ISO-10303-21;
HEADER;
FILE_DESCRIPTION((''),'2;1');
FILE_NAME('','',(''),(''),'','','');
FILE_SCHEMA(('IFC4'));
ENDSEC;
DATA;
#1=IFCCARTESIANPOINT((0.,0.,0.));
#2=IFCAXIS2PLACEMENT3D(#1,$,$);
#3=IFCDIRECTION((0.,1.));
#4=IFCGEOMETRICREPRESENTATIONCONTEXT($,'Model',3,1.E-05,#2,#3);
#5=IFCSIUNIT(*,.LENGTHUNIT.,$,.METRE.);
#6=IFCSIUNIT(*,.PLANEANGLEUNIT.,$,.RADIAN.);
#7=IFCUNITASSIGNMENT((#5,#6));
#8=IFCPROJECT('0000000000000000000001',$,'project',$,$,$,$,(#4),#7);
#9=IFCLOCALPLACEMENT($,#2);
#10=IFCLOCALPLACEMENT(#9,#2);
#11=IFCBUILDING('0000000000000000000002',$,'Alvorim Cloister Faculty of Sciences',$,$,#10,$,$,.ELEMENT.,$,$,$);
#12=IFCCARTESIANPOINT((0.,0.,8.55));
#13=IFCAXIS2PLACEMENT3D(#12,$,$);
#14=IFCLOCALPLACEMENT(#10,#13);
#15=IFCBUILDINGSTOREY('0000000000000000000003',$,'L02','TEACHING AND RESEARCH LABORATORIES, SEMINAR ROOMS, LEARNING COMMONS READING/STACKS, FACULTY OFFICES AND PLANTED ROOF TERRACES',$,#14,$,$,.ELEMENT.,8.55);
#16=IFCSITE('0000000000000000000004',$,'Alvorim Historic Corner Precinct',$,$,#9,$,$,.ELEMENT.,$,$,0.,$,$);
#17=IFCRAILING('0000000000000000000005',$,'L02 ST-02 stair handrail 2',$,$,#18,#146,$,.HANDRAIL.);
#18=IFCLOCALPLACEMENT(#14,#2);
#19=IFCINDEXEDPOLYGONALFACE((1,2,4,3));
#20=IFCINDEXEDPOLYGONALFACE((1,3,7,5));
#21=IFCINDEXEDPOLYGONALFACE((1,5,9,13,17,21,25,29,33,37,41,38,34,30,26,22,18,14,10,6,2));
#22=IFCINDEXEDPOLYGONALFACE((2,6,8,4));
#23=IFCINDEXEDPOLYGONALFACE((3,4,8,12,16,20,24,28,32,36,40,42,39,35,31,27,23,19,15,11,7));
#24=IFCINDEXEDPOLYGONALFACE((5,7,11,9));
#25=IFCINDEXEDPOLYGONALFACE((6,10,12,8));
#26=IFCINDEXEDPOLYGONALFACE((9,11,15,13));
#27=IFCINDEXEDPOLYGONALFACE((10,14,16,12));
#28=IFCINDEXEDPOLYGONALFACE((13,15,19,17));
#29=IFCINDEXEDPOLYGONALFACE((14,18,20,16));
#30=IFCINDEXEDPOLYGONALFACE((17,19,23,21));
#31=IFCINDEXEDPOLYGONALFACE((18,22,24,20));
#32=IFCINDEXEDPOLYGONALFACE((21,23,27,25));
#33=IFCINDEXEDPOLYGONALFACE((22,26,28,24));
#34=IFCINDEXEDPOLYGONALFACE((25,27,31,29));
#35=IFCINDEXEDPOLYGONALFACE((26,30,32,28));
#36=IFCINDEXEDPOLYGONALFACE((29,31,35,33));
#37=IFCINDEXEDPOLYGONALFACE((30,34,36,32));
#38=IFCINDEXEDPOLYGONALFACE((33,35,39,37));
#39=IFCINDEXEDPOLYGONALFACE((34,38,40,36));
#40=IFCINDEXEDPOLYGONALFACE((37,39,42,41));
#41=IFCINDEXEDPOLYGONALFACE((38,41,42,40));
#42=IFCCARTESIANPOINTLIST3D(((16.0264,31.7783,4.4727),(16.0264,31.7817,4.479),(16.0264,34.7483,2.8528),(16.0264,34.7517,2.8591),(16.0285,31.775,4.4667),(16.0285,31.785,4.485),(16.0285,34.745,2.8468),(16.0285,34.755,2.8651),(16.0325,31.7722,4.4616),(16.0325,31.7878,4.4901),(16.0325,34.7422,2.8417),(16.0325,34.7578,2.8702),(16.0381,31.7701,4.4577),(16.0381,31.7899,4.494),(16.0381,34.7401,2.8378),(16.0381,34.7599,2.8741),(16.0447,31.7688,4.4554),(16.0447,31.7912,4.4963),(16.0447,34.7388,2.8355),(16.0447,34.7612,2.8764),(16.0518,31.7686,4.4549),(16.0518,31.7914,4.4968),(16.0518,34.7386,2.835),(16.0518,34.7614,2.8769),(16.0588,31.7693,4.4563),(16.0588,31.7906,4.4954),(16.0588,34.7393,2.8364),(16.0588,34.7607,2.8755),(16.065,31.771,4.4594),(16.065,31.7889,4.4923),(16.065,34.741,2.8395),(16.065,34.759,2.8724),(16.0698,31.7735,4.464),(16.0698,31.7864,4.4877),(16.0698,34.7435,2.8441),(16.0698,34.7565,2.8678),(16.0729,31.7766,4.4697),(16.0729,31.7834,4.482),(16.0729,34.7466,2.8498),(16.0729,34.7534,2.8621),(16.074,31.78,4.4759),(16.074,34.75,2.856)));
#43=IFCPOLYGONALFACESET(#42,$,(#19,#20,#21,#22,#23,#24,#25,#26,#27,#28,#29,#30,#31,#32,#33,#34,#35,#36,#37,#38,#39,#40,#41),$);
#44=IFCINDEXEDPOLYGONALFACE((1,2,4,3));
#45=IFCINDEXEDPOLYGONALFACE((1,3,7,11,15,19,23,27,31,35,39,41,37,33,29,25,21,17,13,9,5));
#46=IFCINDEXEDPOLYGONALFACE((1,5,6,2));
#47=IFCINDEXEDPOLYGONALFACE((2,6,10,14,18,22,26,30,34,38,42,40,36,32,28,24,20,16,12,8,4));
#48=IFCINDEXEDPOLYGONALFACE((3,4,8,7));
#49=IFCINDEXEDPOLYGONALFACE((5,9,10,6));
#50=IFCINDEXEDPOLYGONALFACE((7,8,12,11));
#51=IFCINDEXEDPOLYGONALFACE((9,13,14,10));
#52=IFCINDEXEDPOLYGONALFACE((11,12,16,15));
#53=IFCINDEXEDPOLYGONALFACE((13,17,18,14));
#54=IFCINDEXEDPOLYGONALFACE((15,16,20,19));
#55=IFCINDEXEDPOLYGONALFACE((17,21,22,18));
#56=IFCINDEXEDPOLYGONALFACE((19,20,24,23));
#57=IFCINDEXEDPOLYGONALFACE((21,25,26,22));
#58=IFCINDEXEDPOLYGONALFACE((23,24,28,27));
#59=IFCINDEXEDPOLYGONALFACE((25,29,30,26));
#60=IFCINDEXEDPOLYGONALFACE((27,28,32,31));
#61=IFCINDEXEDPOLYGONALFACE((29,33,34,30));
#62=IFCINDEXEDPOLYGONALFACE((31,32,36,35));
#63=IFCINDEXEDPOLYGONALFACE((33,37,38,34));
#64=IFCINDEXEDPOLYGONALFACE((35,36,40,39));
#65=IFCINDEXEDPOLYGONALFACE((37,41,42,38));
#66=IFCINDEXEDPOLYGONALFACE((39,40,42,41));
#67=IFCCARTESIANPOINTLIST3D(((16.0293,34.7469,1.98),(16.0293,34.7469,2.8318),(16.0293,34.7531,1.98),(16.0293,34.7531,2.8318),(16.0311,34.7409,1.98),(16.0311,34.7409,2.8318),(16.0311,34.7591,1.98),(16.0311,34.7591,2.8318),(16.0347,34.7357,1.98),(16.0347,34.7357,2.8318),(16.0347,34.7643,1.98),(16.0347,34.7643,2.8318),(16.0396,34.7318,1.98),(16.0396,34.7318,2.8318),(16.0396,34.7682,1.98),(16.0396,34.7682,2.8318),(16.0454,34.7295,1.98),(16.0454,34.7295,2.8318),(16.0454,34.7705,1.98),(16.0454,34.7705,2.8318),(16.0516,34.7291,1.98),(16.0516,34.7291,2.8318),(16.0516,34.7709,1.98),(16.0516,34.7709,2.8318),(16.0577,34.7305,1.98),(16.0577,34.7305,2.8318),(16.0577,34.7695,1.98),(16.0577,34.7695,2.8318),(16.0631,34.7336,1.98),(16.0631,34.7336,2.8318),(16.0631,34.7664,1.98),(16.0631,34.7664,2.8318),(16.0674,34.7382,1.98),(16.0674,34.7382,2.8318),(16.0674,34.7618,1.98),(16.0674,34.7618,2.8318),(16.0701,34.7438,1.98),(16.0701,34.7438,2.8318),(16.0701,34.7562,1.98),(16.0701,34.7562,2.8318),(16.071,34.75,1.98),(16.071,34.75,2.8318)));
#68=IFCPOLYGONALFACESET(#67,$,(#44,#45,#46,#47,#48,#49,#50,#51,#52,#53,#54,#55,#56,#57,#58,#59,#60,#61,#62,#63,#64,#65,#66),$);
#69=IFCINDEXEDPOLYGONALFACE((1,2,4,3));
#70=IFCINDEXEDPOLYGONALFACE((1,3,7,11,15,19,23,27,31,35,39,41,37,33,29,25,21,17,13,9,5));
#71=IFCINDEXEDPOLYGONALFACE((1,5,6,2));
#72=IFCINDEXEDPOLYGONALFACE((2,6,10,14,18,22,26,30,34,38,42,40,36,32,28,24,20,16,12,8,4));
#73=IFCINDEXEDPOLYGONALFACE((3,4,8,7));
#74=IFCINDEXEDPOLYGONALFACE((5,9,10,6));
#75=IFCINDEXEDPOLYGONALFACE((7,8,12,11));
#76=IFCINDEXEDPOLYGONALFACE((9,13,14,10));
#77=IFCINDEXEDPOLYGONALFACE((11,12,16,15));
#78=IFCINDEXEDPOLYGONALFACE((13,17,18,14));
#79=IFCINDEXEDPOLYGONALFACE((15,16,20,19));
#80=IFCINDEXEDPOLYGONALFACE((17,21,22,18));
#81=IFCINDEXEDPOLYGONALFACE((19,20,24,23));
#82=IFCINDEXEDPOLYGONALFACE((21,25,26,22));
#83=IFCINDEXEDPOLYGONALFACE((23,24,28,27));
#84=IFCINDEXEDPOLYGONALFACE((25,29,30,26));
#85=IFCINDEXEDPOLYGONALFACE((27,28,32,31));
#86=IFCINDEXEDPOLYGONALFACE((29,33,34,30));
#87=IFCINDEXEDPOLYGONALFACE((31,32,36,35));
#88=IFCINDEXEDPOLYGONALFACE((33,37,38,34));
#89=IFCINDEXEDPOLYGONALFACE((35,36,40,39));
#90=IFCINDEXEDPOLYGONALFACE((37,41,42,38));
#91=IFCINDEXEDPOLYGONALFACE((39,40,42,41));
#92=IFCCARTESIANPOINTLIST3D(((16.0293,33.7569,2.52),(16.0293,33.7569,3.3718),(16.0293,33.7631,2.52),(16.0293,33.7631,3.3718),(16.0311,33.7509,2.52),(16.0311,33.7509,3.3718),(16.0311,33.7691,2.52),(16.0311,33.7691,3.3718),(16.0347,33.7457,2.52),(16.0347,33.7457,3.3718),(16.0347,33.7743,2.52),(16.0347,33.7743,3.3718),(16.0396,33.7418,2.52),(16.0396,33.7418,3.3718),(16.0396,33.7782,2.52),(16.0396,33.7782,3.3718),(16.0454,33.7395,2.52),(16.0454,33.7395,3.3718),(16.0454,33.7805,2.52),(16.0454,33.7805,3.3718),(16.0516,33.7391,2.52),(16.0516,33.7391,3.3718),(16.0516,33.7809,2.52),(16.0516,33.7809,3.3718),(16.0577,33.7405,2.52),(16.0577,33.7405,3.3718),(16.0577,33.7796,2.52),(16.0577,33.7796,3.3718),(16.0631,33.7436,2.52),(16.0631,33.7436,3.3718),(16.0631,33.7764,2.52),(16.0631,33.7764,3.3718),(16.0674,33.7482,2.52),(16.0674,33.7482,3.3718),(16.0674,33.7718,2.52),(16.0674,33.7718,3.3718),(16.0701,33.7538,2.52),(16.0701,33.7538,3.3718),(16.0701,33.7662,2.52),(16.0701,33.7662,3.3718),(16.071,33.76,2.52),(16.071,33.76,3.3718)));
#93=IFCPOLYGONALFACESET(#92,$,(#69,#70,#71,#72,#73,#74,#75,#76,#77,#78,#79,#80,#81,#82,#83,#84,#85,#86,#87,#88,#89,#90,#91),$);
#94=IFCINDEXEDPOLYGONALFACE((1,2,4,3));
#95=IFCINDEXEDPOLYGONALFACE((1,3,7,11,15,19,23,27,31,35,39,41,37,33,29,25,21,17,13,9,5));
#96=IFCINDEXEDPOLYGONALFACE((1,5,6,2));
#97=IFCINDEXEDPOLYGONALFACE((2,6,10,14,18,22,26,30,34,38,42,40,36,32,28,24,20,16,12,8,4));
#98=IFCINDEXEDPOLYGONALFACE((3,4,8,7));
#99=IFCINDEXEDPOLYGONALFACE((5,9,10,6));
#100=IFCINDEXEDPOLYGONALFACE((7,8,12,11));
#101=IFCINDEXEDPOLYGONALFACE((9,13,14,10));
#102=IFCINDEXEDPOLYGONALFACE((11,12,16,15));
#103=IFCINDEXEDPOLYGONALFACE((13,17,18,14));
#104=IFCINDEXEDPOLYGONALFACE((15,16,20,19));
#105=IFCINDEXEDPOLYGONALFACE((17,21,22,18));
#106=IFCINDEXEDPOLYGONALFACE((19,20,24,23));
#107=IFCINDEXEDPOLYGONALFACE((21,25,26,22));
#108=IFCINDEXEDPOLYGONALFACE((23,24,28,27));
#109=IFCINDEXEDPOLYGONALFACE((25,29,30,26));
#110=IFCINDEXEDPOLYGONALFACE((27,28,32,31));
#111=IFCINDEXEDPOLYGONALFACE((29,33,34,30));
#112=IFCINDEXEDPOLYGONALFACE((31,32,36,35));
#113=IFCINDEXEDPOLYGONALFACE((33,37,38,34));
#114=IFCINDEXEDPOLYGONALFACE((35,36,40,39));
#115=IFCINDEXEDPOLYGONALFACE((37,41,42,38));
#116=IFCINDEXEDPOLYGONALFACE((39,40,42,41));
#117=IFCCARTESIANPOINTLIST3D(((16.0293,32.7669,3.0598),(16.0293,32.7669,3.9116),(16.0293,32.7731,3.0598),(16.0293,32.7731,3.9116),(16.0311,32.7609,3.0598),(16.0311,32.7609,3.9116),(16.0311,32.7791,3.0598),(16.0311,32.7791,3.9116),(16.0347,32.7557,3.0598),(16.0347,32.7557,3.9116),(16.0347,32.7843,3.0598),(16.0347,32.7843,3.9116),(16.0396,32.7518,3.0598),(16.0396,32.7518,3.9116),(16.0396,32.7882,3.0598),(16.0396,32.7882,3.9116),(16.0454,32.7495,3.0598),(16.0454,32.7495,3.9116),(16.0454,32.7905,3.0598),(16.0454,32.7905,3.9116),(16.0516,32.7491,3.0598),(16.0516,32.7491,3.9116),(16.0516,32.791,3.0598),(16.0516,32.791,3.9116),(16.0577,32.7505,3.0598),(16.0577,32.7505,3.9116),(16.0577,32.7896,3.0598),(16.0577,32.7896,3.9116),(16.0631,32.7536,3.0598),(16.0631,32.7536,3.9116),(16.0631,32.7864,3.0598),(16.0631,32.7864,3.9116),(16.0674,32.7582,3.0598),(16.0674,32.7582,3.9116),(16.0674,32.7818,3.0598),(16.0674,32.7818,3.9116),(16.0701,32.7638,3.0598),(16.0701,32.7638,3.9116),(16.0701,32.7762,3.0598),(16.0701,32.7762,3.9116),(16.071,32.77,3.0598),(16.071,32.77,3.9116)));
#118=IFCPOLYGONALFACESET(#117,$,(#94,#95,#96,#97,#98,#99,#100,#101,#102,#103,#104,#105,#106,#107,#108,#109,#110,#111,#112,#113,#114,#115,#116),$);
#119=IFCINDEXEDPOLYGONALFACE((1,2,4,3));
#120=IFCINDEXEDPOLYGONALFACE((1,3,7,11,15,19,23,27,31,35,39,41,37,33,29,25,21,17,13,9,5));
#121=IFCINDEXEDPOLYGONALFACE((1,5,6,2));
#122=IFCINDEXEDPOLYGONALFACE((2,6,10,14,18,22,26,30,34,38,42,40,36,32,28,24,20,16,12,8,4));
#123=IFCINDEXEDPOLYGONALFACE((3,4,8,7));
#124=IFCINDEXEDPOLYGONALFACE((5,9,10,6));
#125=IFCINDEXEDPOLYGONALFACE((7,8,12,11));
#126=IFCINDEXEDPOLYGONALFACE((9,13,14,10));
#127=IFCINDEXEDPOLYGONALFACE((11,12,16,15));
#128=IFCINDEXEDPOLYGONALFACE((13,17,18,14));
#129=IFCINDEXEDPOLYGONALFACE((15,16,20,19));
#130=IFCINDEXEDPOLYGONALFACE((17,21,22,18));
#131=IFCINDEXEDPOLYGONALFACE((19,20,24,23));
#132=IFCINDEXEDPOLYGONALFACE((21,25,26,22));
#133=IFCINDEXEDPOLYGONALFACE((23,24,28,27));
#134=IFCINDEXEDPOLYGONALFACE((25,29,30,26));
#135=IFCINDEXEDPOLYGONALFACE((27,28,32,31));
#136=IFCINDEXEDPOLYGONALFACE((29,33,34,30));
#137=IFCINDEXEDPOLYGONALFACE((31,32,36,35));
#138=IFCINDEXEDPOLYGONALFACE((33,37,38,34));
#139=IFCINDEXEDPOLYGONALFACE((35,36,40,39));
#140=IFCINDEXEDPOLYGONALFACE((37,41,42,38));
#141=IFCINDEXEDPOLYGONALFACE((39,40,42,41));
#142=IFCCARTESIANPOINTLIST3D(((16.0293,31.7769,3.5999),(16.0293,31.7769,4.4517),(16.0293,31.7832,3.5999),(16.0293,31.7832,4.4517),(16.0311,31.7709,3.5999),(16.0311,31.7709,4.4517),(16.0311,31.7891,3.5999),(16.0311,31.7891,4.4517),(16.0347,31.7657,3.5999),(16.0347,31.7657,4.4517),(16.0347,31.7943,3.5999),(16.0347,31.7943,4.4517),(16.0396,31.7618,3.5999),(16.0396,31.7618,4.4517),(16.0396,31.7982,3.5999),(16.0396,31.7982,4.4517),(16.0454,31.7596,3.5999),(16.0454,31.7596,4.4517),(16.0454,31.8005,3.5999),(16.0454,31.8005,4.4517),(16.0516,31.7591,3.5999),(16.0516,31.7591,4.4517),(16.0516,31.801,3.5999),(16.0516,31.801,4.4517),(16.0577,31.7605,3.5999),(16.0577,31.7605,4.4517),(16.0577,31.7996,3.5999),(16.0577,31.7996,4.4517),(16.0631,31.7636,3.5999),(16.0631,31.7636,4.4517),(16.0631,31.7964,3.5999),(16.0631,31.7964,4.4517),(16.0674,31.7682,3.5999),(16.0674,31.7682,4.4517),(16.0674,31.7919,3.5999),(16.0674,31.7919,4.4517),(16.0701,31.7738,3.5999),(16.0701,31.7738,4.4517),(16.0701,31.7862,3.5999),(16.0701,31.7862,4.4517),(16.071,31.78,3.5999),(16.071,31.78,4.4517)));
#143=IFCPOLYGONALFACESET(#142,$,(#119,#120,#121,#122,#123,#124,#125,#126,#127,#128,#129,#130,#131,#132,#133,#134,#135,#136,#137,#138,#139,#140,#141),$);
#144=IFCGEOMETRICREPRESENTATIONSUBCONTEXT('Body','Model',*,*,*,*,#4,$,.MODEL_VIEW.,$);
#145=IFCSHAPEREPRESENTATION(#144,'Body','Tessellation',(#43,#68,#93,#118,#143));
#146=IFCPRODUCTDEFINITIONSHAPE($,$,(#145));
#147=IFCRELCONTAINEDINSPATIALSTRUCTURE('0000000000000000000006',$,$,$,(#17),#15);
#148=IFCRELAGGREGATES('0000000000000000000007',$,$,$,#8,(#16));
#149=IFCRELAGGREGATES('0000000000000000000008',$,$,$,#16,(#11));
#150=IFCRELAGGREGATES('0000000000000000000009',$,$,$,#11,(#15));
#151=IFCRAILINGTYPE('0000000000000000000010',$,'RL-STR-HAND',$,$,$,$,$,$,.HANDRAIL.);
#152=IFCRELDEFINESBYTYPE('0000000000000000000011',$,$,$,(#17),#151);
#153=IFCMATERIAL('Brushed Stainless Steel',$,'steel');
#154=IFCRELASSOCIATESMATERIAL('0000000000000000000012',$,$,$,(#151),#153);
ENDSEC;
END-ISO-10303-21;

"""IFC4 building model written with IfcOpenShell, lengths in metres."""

from ifc_helpers import new_model, si_unit, direction, frame, origin, origin_2d, place, context, subcontext, project, spatial, circle, extrude, material, type_object, element, save


model = new_model("IFC4")

# Units and contexts
model_context = context("Model", 3, precision=1e-05, world=origin(), true_north=direction((0.0, 1.0)))
body_context = subcontext(model_context, "Body", "Model", "MODEL_VIEW")
ifc_project = project(units=[si_unit("LENGTHUNIT", "METRE"), si_unit("PLANEANGLEUNIT", "RADIAN")], contexts=[model_context])

# Site, building, storey
site_placement = place(None, origin())
site = spatial("IfcSite", under=ifc_project, at=site_placement, Name="Alvorim Historic Corner Precinct", CompositionType="ELEMENT", RefElevation=0.0)
building_placement = place(site_placement, origin())
building = spatial("IfcBuilding", under=site, at=building_placement, Name="Alvorim Cloister Faculty of Sciences", CompositionType="ELEMENT")
storey_placement = place(building_placement, frame((0.0, 0.0, 8.55)))
storey = spatial("IfcBuildingStorey", under=building, at=storey_placement, Name="L02", Description="TEACHING AND RESEARCH LABORATORIES, SEMINAR ROOMS, LEARNING COMMONS READING/STACKS, FACULTY OFFICES AND PLANTED ROOF TERRACES", CompositionType="ELEMENT", Elevation=8.55)

# Shared definitions
ifc_material_1 = material(Name="Brushed Stainless Steel", Category="steel")

# Railing
railing_type_1 = type_object("IfcRailingType", Name="RL-STR-HAND", PredefinedType="HANDRAIL", material=ifc_material_1)
railing_1_placement = place(storey_placement, frame((16.05, 34.75, 1.98)))
element("IfcRailing", 1, at=railing_1_placement, inside=storey, type_object=railing_type_1, Name="L02 ST-02 stair handrail 2", PredefinedType="HANDRAIL", context=body_context, shape_type="SweptSolid", body=[
    extrude(circle(Radius=0.0239, at=origin_2d()), frame((0.0, 0.0, 0.876), z_axis=(0.0, -0.877909, 0.478827), x_axis=(1.0, 0.0, 0.0)), (0.0, 0.0, 1.0), 3.3831),
    extrude(circle(Radius=0.021, at=origin_2d()), origin(), (0.0, 0.0, 1.0), 0.8518),
    extrude(circle(Radius=0.021, at=origin_2d()), frame((0.0, -0.99, 0.54)), (0.0, 0.0, 1.0), 0.8518),
    extrude(circle(Radius=0.021, at=origin_2d()), frame((0.0, -1.98, 1.0798)), (0.0, 0.0, 1.0), 0.8518),
    extrude(circle(Radius=0.021, at=origin_2d()), frame((0.0, -2.97, 1.6199)), (0.0, 0.0, 1.0), 0.8518),
])

save(model, "model.ifc")
